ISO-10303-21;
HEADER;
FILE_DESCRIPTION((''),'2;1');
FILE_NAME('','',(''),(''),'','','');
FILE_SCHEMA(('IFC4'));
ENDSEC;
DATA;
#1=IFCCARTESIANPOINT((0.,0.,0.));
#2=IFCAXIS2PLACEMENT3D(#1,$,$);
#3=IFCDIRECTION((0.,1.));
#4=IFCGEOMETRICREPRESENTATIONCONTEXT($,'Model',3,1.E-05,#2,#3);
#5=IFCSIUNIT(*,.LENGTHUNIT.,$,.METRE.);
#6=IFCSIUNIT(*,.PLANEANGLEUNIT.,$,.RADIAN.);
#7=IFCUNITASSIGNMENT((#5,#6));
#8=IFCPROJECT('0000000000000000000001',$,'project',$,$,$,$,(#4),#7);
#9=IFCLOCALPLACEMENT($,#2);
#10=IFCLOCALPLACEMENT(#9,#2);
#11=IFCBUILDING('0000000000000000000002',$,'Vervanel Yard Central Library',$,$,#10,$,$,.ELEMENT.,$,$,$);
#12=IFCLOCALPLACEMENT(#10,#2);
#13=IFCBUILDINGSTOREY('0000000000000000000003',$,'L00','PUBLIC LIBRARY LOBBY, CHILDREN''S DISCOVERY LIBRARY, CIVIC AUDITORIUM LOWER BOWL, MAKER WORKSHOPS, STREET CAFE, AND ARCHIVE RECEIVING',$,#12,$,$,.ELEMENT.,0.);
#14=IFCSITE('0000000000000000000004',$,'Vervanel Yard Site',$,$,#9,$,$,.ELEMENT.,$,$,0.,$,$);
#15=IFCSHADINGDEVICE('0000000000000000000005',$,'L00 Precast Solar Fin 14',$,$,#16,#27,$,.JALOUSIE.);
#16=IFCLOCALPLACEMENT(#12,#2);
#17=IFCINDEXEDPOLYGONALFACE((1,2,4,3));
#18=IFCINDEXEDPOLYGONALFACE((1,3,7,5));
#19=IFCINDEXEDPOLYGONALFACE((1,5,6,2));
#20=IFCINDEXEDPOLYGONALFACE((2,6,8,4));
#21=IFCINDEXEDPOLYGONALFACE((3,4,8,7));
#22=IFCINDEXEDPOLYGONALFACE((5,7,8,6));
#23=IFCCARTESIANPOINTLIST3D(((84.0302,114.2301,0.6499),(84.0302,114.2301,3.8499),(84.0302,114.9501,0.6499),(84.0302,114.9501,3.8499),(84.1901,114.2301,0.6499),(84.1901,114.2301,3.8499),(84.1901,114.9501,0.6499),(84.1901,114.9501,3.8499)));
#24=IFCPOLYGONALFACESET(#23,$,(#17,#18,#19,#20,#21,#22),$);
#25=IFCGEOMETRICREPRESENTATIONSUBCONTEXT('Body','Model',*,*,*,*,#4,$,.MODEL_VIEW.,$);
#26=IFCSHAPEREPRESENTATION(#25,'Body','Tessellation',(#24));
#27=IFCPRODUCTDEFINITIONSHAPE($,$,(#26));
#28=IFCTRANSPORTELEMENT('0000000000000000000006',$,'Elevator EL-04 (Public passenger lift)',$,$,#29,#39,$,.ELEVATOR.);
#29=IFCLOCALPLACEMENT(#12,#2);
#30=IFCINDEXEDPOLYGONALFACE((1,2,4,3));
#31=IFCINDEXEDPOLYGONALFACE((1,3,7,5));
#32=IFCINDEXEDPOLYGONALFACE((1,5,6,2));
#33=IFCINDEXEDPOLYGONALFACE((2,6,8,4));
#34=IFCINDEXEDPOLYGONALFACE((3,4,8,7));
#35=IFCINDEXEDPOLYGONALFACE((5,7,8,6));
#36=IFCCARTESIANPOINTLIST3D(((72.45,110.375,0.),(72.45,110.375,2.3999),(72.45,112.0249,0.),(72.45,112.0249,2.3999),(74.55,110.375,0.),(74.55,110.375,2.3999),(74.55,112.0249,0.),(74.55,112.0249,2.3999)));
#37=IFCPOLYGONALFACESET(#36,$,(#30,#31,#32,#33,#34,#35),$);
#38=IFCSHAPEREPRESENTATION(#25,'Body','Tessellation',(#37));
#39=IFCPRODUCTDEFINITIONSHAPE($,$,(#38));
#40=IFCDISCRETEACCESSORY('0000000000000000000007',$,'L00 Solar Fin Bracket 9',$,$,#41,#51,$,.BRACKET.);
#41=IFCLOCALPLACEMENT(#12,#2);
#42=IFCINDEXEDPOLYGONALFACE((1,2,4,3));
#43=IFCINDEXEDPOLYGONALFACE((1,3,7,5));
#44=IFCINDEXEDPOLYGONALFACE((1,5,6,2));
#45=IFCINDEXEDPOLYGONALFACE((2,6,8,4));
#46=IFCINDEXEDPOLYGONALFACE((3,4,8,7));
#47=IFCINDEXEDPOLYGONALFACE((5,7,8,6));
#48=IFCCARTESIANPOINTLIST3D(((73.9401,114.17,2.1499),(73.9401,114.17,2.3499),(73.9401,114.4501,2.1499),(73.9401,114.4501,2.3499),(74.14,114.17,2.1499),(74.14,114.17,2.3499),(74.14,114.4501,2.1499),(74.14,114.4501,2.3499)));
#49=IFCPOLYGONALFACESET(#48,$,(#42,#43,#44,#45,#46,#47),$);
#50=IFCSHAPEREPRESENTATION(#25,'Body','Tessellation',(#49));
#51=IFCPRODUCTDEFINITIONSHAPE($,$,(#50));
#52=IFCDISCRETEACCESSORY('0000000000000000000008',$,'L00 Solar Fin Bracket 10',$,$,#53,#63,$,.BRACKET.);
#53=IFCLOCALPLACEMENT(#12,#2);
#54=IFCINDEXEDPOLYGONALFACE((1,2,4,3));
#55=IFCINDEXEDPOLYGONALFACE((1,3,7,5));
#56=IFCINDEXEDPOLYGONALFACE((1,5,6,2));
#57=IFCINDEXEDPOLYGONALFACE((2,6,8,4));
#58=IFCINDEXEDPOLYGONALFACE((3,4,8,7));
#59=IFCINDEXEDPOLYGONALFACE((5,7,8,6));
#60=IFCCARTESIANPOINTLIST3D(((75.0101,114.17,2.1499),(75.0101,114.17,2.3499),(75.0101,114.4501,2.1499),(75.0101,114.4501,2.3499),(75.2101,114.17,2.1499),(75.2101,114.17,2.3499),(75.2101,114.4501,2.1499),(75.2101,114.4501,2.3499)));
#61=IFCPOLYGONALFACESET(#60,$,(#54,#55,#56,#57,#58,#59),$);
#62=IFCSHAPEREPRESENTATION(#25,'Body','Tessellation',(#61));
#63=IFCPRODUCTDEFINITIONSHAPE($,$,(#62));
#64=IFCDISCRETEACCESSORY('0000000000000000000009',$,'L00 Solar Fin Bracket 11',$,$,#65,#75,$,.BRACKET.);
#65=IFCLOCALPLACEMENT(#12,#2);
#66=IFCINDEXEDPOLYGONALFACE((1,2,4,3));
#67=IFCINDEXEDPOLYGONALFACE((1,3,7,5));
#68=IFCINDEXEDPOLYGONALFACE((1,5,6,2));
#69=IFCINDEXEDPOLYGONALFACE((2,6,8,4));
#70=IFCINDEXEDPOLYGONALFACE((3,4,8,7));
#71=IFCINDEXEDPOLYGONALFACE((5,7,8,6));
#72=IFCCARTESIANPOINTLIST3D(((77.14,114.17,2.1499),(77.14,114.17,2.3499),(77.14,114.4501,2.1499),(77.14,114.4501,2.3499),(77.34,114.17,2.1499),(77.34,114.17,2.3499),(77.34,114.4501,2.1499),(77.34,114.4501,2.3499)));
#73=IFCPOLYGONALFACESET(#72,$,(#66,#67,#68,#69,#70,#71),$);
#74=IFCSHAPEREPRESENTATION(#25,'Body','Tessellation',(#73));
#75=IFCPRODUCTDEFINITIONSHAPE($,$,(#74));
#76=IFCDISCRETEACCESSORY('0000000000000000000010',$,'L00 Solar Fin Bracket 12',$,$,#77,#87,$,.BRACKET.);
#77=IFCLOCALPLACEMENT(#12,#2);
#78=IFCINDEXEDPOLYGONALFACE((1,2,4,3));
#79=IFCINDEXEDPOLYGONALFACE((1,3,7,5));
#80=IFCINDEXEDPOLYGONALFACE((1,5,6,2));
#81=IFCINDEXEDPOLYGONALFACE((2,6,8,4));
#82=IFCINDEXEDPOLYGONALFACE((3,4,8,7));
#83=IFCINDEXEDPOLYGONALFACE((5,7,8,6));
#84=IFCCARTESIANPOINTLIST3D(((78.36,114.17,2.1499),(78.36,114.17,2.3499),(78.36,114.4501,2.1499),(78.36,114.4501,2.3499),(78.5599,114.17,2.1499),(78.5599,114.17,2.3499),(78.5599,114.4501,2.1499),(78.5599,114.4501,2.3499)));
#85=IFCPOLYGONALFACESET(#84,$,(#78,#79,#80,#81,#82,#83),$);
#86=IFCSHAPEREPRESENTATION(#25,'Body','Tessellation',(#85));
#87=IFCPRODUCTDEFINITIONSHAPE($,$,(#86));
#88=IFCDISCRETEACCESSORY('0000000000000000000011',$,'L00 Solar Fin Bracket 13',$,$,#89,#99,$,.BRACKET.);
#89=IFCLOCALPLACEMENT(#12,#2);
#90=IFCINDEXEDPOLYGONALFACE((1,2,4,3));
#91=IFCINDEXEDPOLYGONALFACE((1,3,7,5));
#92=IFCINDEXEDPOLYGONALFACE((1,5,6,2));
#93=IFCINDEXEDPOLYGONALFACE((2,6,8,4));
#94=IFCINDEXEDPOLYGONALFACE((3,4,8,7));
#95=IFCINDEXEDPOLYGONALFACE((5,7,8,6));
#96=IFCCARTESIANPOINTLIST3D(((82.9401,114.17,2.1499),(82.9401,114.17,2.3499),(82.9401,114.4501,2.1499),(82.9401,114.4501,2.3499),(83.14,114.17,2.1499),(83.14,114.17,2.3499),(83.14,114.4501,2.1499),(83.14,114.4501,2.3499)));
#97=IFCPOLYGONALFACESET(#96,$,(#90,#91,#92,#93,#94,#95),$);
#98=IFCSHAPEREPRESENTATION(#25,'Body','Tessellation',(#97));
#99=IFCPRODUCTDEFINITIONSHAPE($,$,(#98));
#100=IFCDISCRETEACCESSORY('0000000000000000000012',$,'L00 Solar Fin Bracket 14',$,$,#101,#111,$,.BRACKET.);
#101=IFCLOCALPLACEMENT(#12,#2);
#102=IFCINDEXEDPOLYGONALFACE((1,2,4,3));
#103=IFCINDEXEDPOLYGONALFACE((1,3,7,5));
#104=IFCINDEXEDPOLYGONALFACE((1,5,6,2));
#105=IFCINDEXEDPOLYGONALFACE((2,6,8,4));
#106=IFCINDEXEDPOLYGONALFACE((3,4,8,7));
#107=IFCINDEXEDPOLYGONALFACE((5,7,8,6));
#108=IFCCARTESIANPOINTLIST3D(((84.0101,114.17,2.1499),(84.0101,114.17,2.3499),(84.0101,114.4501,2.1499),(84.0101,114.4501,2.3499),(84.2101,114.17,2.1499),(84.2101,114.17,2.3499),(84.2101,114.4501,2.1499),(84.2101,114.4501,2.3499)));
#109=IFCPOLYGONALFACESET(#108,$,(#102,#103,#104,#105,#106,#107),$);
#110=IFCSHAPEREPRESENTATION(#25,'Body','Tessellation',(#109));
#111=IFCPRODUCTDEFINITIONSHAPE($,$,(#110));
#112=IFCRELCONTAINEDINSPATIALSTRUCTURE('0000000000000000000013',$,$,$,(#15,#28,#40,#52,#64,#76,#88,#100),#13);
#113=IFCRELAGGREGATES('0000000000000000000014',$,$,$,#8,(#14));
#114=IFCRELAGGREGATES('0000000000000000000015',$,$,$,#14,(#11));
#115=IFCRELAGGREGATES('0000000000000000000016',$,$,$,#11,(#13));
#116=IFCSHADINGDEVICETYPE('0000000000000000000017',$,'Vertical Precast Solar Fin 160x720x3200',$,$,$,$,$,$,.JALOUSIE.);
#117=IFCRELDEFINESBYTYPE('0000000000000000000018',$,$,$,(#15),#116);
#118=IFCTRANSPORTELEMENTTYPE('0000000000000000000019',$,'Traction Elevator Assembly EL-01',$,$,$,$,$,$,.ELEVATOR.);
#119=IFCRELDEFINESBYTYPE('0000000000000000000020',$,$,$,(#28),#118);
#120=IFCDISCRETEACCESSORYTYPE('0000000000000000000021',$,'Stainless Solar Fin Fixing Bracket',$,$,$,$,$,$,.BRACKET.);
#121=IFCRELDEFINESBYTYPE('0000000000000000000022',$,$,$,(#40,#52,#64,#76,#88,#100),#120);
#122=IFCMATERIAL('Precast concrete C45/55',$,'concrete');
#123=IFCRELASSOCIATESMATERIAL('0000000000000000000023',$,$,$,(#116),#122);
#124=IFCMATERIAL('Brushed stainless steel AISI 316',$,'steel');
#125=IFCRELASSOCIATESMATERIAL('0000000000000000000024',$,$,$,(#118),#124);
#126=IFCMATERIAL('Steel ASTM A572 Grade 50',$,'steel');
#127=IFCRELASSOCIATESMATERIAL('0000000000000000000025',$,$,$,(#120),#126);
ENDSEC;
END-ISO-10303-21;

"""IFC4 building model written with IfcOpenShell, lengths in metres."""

from ifc_helpers import new_model, si_unit, direction, frame, origin, origin_2d, place, context, subcontext, project, spatial, rectangle, extrude, material, type_object, element, save


model = new_model("IFC4")

# Units and contexts
model_context = context("Model", 3, precision=1e-05, world=origin(), true_north=direction((0.0, 1.0)))
body_context = subcontext(model_context, "Body", "Model", "MODEL_VIEW")
ifc_project = project(units=[si_unit("LENGTHUNIT", "METRE"), si_unit("PLANEANGLEUNIT", "RADIAN")], contexts=[model_context])

# Site, building, storey
site_placement = place(None, origin())
site = spatial("IfcSite", under=ifc_project, at=site_placement, Name="Vervanel Yard Site", CompositionType="ELEMENT", RefElevation=0.0)
building_placement = place(site_placement, origin())
building = spatial("IfcBuilding", under=site, at=building_placement, Name="Vervanel Yard Central Library", CompositionType="ELEMENT")
storey_placement = place(building_placement, origin())
storey = spatial("IfcBuildingStorey", under=building, at=storey_placement, Name="L00", Description="PUBLIC LIBRARY LOBBY, CHILDREN'S DISCOVERY LIBRARY, CIVIC AUDITORIUM LOWER BOWL, MAKER WORKSHOPS, STREET CAFE, AND ARCHIVE RECEIVING", CompositionType="ELEMENT", Elevation=0.0)

# Shared definitions
ifc_material_1 = material(Name="Precast concrete C45/55", Category="concrete")

# Shading device
shading_device_type = type_object("IfcShadingDeviceType", Name="Vertical Precast Solar Fin 160x720x3200", PredefinedType="JALOUSIE", material=ifc_material_1)
for number, where, z_axis, x_axis, name in (
    (1, (84.1101, 114.5901, 0.6499), (0.0, 0.0, 1.0), (1.0, 0.0, 0.0), "L00 Precast Solar Fin 14"),
):
    element("IfcShadingDevice", number, at=place(storey_placement, frame(where, z_axis=z_axis, x_axis=x_axis)), inside=storey, type_object=shading_device_type, Name=name, PredefinedType="JALOUSIE", context=body_context, shape_type="SweptSolid", body=[
        extrude(rectangle(XDim=0.1599, YDim=0.72, at=origin_2d()), origin(), (0.0, 0.0, 1.0), 3.2),
    ])

# Transport element
ifc_material_2 = material(Name="Brushed stainless steel AISI 316", Category="steel")
transport_element_type = type_object("IfcTransportElementType", Name="Traction Elevator Assembly EL-01", PredefinedType="ELEVATOR", material=ifc_material_2)
transport_element_placement = place(storey_placement, frame((73.5, 111.2, 0.0), z_axis=(0.0, 0.0, 1.0), x_axis=(1.0, 0.0, 0.0)))
element("IfcTransportElement", 2, at=transport_element_placement, inside=storey, type_object=transport_element_type, Name="Elevator EL-04 (Public passenger lift)", PredefinedType="ELEVATOR", context=body_context, shape_type="SweptSolid", body=[
    extrude(rectangle(XDim=2.1001, YDim=1.6499, at=origin_2d()), origin(), (0.0, 0.0, 1.0), 2.3999),
])

# Discrete accessories
ifc_material_3 = material(Name="Steel ASTM A572 Grade 50", Category="steel")
discrete_accessory_type = type_object("IfcDiscreteAccessoryType", Name="Stainless Solar Fin Fixing Bracket", PredefinedType="BRACKET", material=ifc_material_3)
for number, where, z_axis, x_axis, name in (
    (3, (74.04, 114.3101, 2.1499), (0.0, 0.0, 1.0), (1.0, 0.0, 0.0), "L00 Solar Fin Bracket 9"),
    (4, (75.1101, 114.3101, 2.1499), (0.0, 0.0, 1.0), (1.0, 0.0, 0.0), "L00 Solar Fin Bracket 10"),
    (5, (77.24, 114.3101, 2.1499), (0.0, 0.0, 1.0), (1.0, 0.0, 0.0), "L00 Solar Fin Bracket 11"),
    (6, (78.46, 114.3101, 2.1499), (0.0, 0.0, 1.0), (1.0, 0.0, 0.0), "L00 Solar Fin Bracket 12"),
    (7, (83.04, 114.3101, 2.1499), (0.0, 0.0, 1.0), (1.0, 0.0, 0.0), "L00 Solar Fin Bracket 13"),
    (8, (84.1101, 114.3101, 2.1499), (0.0, 0.0, 1.0), (1.0, 0.0, 0.0), "L00 Solar Fin Bracket 14"),
):
    element("IfcDiscreteAccessory", number, at=place(storey_placement, frame(where, z_axis=z_axis, x_axis=x_axis)), inside=storey, type_object=discrete_accessory_type, Name=name, PredefinedType="BRACKET", context=body_context, shape_type="SweptSolid", body=[
        extrude(rectangle(XDim=0.2, YDim=0.28, at=origin_2d()), origin(), (0.0, 0.0, 1.0), 0.2),
    ])

save(model, "model.ifc")
